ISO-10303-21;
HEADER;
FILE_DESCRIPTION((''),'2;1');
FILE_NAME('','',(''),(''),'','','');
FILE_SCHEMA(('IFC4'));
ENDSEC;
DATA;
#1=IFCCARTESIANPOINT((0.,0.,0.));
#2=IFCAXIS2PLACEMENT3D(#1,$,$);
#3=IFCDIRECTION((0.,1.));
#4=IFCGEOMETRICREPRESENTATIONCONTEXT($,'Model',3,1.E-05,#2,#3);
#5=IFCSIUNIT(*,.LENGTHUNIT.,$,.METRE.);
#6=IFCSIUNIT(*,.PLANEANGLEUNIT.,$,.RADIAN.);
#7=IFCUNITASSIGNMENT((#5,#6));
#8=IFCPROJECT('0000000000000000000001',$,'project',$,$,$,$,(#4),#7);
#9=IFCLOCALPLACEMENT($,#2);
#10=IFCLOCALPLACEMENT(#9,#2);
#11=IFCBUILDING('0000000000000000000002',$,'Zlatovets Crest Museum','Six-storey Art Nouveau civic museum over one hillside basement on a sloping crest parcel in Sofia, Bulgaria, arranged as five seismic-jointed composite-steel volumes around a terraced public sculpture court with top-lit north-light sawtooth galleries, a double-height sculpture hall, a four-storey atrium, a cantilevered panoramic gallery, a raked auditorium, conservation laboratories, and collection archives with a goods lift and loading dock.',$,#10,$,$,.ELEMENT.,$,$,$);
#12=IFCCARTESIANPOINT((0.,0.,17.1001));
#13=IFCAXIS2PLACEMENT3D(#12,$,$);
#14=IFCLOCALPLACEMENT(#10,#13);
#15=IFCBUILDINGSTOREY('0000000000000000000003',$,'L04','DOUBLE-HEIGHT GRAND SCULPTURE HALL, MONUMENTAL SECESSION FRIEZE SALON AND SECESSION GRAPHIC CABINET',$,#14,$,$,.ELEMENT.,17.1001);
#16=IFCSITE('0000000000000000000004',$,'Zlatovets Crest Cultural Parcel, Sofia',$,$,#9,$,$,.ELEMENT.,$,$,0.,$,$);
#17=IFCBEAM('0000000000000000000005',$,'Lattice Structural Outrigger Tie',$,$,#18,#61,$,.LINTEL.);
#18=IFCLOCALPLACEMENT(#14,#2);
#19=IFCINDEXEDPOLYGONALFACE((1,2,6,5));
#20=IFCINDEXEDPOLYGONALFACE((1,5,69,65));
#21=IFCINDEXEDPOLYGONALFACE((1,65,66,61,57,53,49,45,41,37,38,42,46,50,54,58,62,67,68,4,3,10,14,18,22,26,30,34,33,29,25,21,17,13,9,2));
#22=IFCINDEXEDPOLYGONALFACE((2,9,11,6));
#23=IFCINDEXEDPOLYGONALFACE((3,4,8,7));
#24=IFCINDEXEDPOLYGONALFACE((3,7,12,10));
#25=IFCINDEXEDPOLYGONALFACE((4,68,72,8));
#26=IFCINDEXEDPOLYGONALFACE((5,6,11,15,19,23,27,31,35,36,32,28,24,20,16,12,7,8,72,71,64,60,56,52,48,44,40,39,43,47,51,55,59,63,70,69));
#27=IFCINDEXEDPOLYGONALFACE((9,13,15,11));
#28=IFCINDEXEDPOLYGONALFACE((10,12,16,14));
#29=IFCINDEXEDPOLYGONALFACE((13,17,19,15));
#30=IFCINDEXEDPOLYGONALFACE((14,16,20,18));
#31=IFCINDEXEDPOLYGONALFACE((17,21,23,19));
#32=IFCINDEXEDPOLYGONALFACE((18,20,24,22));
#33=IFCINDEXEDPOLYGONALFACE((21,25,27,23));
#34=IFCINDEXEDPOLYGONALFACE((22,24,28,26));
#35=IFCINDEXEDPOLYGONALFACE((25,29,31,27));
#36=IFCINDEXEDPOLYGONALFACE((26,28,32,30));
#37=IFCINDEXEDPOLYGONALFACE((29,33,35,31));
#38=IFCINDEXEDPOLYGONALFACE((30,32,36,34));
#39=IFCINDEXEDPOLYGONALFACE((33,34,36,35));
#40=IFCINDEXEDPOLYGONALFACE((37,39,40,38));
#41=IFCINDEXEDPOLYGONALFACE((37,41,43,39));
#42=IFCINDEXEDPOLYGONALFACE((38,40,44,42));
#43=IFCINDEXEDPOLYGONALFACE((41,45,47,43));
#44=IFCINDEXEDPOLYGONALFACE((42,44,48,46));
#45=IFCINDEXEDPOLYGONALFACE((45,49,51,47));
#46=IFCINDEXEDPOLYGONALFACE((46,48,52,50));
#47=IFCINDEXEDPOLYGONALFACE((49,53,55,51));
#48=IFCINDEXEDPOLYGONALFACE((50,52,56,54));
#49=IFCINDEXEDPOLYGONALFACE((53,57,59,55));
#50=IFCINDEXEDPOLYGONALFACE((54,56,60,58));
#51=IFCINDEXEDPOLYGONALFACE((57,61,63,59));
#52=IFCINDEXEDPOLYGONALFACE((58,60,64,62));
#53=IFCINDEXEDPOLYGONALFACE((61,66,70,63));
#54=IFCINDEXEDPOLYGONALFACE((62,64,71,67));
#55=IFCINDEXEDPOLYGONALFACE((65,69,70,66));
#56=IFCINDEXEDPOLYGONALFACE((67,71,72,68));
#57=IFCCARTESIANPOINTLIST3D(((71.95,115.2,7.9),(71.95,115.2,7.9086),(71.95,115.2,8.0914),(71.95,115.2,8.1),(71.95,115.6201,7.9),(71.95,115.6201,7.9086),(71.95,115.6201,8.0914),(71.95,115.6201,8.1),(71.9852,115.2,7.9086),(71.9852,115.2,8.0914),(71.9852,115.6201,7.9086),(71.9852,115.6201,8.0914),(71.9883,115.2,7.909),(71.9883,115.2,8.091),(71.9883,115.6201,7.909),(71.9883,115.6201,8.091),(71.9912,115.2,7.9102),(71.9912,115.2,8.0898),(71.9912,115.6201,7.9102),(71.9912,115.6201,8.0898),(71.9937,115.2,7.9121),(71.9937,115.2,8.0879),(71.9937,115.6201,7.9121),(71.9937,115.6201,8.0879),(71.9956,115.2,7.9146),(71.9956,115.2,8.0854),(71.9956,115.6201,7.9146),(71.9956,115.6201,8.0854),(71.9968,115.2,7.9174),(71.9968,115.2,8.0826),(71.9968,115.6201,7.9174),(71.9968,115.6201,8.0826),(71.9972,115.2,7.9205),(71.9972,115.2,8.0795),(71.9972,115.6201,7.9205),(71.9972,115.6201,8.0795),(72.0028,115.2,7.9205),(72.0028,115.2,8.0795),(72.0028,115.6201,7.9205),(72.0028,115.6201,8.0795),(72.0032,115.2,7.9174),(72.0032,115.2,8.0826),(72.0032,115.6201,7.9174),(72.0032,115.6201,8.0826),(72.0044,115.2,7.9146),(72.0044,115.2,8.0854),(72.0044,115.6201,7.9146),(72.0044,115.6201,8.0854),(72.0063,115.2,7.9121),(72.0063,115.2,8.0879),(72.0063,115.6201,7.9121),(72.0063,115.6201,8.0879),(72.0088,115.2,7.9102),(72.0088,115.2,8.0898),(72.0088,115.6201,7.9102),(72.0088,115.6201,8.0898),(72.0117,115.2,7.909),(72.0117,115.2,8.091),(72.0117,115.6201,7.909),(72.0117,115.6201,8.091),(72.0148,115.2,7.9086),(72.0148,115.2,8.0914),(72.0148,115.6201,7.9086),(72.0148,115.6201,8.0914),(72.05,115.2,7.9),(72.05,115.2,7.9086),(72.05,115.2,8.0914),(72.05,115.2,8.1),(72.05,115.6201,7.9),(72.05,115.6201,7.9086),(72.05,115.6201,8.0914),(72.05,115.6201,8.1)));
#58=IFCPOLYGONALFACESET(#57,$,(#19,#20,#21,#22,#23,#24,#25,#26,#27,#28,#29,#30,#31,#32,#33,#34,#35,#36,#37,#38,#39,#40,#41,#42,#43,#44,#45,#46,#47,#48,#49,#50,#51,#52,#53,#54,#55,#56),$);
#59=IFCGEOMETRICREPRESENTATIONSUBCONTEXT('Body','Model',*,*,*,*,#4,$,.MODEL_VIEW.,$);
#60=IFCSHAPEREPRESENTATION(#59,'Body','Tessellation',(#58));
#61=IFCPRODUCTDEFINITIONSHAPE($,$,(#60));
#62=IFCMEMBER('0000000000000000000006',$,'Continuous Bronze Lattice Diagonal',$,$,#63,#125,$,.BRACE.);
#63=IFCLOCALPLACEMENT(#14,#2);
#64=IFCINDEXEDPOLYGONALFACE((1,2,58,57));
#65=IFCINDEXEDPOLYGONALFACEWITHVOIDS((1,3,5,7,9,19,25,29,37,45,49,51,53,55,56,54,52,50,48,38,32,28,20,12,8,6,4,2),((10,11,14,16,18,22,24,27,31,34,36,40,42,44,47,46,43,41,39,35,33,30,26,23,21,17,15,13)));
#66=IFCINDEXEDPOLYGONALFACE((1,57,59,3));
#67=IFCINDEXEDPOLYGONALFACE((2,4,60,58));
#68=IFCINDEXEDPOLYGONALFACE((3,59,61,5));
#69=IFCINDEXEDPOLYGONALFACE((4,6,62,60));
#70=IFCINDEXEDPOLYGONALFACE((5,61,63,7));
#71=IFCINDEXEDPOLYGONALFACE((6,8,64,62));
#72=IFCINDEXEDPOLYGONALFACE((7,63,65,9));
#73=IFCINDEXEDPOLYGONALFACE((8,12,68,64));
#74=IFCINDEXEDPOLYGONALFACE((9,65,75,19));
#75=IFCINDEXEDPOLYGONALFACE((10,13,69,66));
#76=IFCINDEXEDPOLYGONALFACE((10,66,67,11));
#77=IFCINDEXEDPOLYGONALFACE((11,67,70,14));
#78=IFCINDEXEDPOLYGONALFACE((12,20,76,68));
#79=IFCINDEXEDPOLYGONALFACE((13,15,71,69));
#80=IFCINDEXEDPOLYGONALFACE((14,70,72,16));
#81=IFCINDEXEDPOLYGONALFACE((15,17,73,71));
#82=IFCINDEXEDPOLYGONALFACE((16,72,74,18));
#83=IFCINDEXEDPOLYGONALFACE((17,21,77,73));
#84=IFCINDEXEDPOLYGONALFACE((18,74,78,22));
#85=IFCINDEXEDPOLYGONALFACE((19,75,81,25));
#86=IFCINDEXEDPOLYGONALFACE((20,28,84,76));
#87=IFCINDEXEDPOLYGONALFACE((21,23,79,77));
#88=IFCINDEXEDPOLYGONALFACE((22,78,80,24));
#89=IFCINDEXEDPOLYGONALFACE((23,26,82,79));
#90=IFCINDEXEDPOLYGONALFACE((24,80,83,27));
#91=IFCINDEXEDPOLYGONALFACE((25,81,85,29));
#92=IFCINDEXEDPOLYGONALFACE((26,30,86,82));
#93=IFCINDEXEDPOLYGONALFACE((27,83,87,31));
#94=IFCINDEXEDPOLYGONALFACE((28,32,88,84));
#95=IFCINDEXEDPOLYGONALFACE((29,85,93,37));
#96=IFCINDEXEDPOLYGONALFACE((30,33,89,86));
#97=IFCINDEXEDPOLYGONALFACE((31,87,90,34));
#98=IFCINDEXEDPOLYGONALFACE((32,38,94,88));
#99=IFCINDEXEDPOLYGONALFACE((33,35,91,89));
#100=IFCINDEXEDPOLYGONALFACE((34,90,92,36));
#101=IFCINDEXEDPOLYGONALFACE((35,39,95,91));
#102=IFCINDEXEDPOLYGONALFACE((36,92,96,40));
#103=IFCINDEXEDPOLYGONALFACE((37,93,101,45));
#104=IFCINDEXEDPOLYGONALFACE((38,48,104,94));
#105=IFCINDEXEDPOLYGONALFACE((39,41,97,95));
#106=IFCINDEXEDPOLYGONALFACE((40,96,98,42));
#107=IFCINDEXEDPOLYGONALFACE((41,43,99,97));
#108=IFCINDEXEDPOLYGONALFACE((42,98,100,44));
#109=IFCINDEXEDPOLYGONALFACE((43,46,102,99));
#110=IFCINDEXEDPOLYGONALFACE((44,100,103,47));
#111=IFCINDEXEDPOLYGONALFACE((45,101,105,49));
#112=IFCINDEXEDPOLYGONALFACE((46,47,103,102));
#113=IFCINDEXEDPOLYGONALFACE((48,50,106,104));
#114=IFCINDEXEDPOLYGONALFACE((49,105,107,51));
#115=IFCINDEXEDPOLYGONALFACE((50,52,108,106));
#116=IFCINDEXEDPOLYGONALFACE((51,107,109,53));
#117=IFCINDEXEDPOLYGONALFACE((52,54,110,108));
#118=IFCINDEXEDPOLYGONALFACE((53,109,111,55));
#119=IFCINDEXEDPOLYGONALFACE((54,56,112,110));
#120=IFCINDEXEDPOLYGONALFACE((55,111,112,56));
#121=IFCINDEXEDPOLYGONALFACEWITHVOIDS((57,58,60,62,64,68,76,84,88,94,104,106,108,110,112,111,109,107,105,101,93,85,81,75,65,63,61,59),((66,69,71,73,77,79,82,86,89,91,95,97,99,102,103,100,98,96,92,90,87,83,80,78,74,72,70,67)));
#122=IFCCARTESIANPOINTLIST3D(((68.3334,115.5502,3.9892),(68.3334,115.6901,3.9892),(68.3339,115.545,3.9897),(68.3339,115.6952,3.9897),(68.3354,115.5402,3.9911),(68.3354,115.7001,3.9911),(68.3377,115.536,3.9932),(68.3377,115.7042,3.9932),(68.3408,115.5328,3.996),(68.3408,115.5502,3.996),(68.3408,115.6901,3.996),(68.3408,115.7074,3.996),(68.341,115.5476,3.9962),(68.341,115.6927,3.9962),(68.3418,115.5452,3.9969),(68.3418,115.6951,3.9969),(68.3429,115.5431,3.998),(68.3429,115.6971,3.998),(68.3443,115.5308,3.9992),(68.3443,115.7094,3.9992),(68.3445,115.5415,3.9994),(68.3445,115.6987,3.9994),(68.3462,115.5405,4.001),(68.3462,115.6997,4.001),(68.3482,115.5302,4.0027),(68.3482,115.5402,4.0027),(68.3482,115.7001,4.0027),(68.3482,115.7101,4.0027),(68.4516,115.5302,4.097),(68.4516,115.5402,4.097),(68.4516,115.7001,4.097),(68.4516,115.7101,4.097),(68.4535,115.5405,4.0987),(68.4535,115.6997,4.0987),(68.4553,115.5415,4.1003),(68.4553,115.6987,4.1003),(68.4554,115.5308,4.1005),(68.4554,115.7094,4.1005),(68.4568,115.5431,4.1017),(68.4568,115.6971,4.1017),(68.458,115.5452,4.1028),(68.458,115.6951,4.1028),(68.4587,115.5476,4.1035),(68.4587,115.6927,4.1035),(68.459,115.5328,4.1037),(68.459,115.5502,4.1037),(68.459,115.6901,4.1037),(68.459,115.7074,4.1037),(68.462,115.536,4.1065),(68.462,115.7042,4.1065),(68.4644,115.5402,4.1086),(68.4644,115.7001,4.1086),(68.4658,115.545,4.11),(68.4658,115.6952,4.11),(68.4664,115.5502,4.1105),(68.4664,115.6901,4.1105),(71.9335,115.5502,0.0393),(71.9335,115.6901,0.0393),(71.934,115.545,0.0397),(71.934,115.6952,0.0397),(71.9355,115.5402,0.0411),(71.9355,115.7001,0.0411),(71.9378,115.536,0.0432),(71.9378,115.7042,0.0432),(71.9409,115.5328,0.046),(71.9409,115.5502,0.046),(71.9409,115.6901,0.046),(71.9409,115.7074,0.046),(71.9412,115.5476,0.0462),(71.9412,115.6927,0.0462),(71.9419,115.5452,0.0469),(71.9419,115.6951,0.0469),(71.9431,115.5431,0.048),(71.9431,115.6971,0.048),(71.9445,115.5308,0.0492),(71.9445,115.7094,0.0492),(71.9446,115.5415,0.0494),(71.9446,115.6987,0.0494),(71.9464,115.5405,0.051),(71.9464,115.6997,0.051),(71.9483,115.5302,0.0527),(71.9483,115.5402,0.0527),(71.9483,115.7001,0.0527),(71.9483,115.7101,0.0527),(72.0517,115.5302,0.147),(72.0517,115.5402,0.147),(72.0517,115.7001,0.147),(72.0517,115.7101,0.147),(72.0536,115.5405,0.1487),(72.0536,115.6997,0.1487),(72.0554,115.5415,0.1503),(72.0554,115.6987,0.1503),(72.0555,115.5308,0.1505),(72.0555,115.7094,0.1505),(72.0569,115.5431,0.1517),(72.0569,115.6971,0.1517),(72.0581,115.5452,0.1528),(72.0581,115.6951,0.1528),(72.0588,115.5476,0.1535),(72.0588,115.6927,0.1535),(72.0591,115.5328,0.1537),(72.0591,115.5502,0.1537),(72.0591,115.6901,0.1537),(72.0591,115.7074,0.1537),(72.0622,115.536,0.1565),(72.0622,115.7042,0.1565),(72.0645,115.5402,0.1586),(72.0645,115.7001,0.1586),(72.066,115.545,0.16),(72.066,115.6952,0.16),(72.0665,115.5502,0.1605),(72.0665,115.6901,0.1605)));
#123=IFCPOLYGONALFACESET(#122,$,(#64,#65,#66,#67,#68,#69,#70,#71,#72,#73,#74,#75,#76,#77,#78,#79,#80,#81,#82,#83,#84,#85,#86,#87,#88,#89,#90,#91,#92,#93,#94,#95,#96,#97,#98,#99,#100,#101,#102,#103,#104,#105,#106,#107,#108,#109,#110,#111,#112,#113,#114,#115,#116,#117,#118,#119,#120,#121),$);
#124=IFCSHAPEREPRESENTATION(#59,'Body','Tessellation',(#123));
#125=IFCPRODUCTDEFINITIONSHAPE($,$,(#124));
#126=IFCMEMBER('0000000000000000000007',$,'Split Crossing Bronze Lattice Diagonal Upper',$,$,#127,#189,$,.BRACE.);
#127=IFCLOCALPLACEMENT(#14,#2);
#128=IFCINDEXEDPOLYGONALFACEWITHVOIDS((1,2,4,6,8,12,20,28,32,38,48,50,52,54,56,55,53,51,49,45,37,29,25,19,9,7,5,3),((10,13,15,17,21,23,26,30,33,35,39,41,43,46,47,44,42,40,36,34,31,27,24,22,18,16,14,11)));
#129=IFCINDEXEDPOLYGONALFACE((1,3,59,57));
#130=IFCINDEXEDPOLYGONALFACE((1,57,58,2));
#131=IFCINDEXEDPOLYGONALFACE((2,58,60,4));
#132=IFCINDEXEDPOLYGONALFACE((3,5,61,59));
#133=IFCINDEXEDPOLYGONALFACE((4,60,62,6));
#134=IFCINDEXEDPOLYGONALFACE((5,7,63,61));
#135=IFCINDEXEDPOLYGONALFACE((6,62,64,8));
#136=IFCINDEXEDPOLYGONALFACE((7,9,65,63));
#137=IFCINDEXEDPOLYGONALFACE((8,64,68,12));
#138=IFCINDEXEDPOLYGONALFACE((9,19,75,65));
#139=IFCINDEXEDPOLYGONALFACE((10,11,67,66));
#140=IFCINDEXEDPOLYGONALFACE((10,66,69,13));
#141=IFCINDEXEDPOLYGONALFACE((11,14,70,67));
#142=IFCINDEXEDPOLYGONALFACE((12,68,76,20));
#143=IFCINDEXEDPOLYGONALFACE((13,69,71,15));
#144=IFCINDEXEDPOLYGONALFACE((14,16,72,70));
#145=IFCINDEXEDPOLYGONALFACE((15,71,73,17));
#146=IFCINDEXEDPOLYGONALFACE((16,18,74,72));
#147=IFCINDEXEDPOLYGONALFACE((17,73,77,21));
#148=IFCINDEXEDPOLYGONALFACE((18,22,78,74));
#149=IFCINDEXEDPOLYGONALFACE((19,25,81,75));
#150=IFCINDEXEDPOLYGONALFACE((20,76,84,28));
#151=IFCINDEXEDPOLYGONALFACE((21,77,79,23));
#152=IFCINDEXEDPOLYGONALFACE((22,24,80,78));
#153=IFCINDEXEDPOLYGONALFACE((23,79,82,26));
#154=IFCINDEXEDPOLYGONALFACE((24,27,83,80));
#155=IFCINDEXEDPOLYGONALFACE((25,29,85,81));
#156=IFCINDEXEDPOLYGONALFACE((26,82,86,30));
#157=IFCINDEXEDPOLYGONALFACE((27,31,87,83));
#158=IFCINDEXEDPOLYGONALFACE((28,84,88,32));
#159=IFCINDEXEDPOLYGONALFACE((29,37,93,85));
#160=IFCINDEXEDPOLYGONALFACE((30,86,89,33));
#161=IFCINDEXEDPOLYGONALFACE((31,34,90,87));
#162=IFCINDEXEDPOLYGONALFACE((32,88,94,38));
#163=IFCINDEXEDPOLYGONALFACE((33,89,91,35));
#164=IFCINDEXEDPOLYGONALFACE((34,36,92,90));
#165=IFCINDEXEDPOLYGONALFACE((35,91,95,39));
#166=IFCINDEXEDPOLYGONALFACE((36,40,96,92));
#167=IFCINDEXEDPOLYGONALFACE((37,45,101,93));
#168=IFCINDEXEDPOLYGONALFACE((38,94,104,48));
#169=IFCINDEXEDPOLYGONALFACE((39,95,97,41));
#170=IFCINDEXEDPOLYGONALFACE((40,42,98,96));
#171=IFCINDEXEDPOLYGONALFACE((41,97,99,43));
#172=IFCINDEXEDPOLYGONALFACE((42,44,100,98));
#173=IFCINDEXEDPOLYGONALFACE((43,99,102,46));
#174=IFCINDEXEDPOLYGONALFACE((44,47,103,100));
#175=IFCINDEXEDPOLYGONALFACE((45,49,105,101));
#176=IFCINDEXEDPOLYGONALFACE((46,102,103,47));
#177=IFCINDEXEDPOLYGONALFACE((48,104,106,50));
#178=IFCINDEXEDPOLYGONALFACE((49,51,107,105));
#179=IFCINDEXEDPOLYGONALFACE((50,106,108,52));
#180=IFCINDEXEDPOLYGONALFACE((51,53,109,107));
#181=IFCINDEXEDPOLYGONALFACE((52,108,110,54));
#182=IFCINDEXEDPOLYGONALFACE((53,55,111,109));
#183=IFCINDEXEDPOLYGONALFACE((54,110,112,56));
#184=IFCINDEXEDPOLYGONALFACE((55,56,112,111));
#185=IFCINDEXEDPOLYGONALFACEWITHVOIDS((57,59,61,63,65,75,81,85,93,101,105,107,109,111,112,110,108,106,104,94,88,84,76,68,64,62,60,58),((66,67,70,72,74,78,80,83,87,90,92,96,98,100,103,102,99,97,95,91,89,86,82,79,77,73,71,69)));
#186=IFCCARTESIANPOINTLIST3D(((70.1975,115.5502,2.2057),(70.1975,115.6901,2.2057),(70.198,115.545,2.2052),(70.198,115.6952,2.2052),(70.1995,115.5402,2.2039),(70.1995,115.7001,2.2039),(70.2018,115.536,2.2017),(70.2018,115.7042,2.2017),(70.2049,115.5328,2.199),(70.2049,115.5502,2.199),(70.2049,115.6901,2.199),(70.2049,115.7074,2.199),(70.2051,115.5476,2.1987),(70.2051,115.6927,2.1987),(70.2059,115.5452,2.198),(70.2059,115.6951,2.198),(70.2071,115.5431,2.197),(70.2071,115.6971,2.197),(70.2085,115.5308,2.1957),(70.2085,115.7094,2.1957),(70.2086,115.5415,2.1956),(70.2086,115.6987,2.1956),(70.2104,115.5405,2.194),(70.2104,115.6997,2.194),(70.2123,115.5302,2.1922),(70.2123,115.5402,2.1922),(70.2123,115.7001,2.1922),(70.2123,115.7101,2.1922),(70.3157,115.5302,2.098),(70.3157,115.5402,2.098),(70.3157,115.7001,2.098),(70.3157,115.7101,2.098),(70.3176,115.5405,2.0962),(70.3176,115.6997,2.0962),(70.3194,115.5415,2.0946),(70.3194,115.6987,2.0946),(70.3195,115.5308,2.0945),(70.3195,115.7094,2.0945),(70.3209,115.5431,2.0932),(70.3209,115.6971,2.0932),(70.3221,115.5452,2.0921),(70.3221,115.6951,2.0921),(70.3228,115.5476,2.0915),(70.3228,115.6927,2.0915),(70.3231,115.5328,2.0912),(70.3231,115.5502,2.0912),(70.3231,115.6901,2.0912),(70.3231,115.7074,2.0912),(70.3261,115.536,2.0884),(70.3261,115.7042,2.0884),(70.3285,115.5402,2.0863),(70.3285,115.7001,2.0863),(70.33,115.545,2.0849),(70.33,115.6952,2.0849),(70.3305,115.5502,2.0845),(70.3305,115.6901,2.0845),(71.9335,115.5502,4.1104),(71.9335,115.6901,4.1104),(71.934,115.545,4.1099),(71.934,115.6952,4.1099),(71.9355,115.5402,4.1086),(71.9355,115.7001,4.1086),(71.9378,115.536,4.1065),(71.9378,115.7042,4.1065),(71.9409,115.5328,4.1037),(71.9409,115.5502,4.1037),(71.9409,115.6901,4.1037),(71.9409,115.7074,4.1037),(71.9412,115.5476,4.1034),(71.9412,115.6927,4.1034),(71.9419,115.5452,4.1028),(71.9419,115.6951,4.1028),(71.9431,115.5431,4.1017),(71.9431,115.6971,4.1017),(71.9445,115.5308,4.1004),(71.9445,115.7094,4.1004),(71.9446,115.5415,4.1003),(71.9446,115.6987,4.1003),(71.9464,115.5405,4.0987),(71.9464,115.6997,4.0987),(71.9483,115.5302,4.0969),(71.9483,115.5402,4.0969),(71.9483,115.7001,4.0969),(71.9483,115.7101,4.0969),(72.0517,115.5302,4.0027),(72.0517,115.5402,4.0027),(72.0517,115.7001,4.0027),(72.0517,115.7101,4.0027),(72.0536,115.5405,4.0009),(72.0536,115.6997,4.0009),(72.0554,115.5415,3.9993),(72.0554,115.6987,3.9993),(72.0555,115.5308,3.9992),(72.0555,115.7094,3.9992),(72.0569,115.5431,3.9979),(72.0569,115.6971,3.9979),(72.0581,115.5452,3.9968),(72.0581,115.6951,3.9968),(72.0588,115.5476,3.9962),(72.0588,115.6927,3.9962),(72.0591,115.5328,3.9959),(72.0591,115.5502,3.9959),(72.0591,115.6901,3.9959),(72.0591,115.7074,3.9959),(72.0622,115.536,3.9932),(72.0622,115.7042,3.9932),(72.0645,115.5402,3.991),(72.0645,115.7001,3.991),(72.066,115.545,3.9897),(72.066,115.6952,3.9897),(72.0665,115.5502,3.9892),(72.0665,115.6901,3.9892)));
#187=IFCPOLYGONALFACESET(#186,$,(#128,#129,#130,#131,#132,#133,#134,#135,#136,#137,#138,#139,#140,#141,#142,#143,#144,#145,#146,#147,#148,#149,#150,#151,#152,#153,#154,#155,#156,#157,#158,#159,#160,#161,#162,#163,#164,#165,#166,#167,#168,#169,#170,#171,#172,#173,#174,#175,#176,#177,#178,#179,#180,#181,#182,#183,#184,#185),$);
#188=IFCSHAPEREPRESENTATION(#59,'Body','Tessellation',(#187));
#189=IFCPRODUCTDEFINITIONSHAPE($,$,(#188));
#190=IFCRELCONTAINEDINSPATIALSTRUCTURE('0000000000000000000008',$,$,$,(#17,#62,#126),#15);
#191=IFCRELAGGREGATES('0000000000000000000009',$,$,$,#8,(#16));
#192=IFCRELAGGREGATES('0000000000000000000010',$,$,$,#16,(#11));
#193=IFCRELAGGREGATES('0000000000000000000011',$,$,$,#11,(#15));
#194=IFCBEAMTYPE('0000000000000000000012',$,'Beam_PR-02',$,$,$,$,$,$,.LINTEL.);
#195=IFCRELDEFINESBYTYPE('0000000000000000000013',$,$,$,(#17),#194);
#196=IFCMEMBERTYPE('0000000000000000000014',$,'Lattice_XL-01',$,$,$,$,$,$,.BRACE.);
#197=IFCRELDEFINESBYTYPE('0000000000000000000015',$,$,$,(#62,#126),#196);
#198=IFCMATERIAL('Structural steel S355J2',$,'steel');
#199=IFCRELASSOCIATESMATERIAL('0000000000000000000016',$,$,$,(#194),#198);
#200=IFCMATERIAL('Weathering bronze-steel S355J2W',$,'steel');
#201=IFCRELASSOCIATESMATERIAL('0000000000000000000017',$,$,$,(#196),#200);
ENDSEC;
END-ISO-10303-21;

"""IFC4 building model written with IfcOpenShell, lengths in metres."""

from ifc_helpers import new_model, si_unit, direction, frame, origin, origin_2d, place, context, subcontext, project, spatial, hollow_rectangle, i_section, extrude, material, material_profile, profile_set, type_object, element, save


model = new_model("IFC4")

# Units and contexts
model_context = context("Model", 3, precision=1e-05, world=origin(), true_north=direction((0.0, 1.0)))
body_context = subcontext(model_context, "Body", "Model", "MODEL_VIEW")
ifc_project = project(units=[si_unit("LENGTHUNIT", "METRE"), si_unit("PLANEANGLEUNIT", "RADIAN")], contexts=[model_context])

# Site, building, storey
site_placement = place(None, origin())
site = spatial("IfcSite", under=ifc_project, at=site_placement, Name="Zlatovets Crest Cultural Parcel, Sofia", CompositionType="ELEMENT", RefElevation=0.0)
building_placement = place(site_placement, origin())
building = spatial("IfcBuilding", under=site, at=building_placement, Name="Zlatovets Crest Museum", Description="Six-storey Art Nouveau civic museum over one hillside basement on a sloping crest parcel in Sofia, Bulgaria, arranged as five seismic-jointed composite-steel volumes around a terraced public sculpture court with top-lit north-light sawtooth galleries, a double-height sculpture hall, a four-storey atrium, a cantilevered panoramic gallery, a raked auditorium, conservation laboratories, and collection archives with a goods lift and loading dock.", CompositionType="ELEMENT")
storey_placement = place(building_placement, frame((0.0, 0.0, 17.1001)))
storey = spatial("IfcBuildingStorey", under=building, at=storey_placement, Name="L04", Description="DOUBLE-HEIGHT GRAND SCULPTURE HALL, MONUMENTAL SECESSION FRIEZE SALON AND SECESSION GRAPHIC CABINET", CompositionType="ELEMENT", Elevation=17.1001)

# Shared definitions
ifc_material_1 = material(Name="Structural steel S355J2", Category="steel")

# Beam
ifc_material_profile_1 = material_profile(ifc_material_1, i_section(OverallWidth=0.1001, OverallDepth=0.2, WebThickness=0.0056, FlangeThickness=0.0085, FilletRadius=0.012, at=origin_2d()), Name="IPE 200")
ifc_profile_set_1 = profile_set([ifc_material_profile_1], Name="Structural steel S355J2")
beam_type_1 = type_object("IfcBeamType", Name="Beam_PR-02", PredefinedType="LINTEL", material=ifc_profile_set_1)
for number, where, z_axis, x_axis, name in (
    (1, (72.0, 115.2, 8.0), (0.0, 1.0, 0.0), (-1.0, 0.0, 0.0), "Lattice Structural Outrigger Tie"),
):
    element("IfcBeam", number, at=place(storey_placement, frame(where, z_axis=z_axis, x_axis=x_axis)), inside=storey, type_object=beam_type_1, Name=name, PredefinedType="LINTEL", context=body_context, shape_type="SweptSolid", body=[
        extrude(i_section(OverallWidth=0.1001, OverallDepth=0.2, WebThickness=0.0056, FlangeThickness=0.0085, FilletRadius=0.012, at=origin_2d()), origin(), (0.0, 0.0, 1.0), 0.4202),
    ])

# Members
ifc_material_2 = material(Name="Weathering bronze-steel S355J2W", Category="steel")
ifc_material_profile_2 = material_profile(ifc_material_2, hollow_rectangle(XDim=0.1799, YDim=0.1799, WallThickness=0.01, InnerFilletRadius=0.01, OuterFilletRadius=0.02, at=origin_2d()), Name="SHS 180x180x10.0")
ifc_profile_set_2 = profile_set([ifc_material_profile_2], Name="Weathering bronze-steel S355J2W")
member_type_1 = type_object("IfcMemberType", Name="Lattice_XL-01", PredefinedType="BRACE", material=ifc_profile_set_2)
member_1_placement = place(storey_placement, frame((72.0, 115.6201, 0.0999), z_axis=(-0.673618, 0.0, 0.73908), x_axis=(0.0, -1.0, 0.0)))
element("IfcMember", 2, at=member_1_placement, inside=storey, type_object=member_type_1, Name="Continuous Bronze Lattice Diagonal", PredefinedType="BRACE", context=body_context, shape_type="SweptSolid", body=[
    extrude(hollow_rectangle(XDim=0.1799, YDim=0.1799, WallThickness=0.01, InnerFilletRadius=0.01, OuterFilletRadius=0.02, at=origin_2d()), origin(), (0.0, 0.0, 1.0), 5.3445),
])
for number, where, z_axis, x_axis, name in (
    (3, (72.0, 115.6201, 4.0498), (-0.67362, 0.0, -0.739078), (0.0, -1.0, 0.0), "Split Crossing Bronze Lattice Diagonal Upper"),
):
    element("IfcMember", number, at=place(storey_placement, frame(where, z_axis=z_axis, x_axis=x_axis)), inside=storey, type_object=member_type_1, Name=name, PredefinedType="BRACE", context=body_context, shape_type="SweptSolid", body=[
        extrude(hollow_rectangle(XDim=0.1799, YDim=0.1799, WallThickness=0.01, InnerFilletRadius=0.01, OuterFilletRadius=0.02, at=origin_2d()), origin(), (0.0, 0.0, 1.0), 2.5771),
    ])

save(model, "model.ifc")
